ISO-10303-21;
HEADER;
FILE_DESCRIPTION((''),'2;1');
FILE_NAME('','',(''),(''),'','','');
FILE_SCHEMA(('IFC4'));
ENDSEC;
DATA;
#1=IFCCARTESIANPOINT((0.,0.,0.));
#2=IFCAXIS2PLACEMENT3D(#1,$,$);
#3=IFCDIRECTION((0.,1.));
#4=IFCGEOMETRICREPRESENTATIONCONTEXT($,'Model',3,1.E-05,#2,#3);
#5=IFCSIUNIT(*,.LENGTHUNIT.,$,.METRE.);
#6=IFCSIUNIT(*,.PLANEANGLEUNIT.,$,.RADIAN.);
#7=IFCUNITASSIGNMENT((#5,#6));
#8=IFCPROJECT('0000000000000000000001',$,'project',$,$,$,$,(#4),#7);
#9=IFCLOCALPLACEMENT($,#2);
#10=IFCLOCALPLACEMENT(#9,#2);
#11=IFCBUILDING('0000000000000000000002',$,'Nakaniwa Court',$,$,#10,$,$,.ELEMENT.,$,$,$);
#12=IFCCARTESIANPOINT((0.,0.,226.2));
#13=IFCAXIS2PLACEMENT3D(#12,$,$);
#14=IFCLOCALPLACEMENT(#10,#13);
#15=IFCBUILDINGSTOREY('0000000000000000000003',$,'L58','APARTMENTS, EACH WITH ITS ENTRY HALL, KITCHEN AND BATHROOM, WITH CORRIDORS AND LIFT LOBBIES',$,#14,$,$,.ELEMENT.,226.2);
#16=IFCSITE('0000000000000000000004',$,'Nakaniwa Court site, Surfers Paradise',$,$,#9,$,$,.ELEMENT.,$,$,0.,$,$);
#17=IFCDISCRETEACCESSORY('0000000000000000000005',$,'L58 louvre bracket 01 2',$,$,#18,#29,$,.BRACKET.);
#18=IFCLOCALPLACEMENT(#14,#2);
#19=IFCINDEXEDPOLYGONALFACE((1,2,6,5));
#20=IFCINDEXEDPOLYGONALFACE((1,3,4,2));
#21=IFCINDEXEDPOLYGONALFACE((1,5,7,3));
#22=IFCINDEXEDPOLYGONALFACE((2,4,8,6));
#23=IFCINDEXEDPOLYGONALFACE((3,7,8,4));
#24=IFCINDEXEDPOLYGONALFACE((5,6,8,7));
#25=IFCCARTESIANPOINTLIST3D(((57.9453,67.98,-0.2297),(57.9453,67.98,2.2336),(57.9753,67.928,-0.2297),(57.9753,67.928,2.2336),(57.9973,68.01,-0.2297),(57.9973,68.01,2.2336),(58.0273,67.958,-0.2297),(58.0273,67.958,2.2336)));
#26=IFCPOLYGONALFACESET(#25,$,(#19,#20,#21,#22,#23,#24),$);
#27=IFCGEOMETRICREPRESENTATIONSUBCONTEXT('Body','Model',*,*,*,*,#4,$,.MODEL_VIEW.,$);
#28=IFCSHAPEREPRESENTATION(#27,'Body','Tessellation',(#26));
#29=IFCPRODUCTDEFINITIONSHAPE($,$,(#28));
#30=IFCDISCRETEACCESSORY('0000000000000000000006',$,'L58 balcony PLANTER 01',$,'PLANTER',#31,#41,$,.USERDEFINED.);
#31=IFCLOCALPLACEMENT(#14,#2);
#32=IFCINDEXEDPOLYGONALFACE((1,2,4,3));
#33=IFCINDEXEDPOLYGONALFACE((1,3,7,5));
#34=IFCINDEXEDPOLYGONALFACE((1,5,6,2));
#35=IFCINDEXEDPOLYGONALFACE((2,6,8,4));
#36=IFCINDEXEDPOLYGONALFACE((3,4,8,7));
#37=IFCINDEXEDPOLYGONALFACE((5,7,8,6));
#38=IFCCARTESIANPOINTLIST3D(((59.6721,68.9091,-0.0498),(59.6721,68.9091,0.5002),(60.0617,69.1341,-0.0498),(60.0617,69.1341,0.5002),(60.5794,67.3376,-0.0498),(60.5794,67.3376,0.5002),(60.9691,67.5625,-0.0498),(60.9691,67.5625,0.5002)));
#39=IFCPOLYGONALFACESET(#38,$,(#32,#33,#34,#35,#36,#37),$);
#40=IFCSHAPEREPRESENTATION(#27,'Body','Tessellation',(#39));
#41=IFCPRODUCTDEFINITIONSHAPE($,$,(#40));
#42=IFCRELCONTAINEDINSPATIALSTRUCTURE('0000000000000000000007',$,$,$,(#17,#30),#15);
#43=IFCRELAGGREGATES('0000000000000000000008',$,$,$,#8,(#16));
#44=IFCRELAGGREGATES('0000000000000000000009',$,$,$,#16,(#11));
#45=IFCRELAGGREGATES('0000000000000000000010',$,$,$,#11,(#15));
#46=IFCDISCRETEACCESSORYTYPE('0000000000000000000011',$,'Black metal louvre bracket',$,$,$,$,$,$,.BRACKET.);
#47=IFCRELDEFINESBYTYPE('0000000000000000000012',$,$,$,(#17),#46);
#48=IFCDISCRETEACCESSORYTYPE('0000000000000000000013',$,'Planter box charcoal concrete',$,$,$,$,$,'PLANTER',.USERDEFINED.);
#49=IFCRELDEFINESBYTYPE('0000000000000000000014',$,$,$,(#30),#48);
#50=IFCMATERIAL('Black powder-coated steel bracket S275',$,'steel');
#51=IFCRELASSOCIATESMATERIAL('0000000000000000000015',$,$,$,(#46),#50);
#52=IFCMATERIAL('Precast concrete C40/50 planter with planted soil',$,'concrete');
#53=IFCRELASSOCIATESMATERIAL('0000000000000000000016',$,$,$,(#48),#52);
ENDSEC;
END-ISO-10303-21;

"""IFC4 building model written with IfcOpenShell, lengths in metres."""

from ifc_helpers import new_model, si_unit, direction, frame, origin, origin_2d, place, context, subcontext, project, spatial, rectangle, extrude, material, type_object, element, save


model = new_model("IFC4")

# Units and contexts
model_context = context("Model", 3, precision=1e-05, world=origin(), true_north=direction((0.0, 1.0)))
body_context = subcontext(model_context, "Body", "Model", "MODEL_VIEW")
ifc_project = project(units=[si_unit("LENGTHUNIT", "METRE"), si_unit("PLANEANGLEUNIT", "RADIAN")], contexts=[model_context])

# Site, building, storey
site_placement = place(None, origin())
site = spatial("IfcSite", under=ifc_project, at=site_placement, Name="Nakaniwa Court site, Surfers Paradise", CompositionType="ELEMENT", RefElevation=0.0)
building_placement = place(site_placement, origin())
building = spatial("IfcBuilding", under=site, at=building_placement, Name="Nakaniwa Court", CompositionType="ELEMENT")
storey_placement = place(building_placement, frame((0.0, 0.0, 226.2)))
storey = spatial("IfcBuildingStorey", under=building, at=storey_placement, Name="L58", Description="APARTMENTS, EACH WITH ITS ENTRY HALL, KITCHEN AND BATHROOM, WITH CORRIDORS AND LIFT LOBBIES", CompositionType="ELEMENT", Elevation=226.2)

# Discrete accessories
ifc_material_1 = material(Name="Black powder-coated steel bracket S275", Category="steel")
discrete_accessory_type_1 = type_object("IfcDiscreteAccessoryType", Name="Black metal louvre bracket", PredefinedType="BRACKET", material=ifc_material_1)
for number, where, z_axis, x_axis, name in (
    (1, (57.9863, 67.969, -0.2297), (0.0, 0.0, 1.0), (0.499986, -0.866033, 0.0), "L58 louvre bracket 01 2"),
):
    element("IfcDiscreteAccessory", number, at=place(storey_placement, frame(where, z_axis=z_axis, x_axis=x_axis)), inside=storey, type_object=discrete_accessory_type_1, Name=name, PredefinedType="BRACKET", context=body_context, shape_type="SweptSolid", body=[
        extrude(rectangle(XDim=0.0601, YDim=0.0601, at=origin_2d()), origin(), (0.0, 0.0, 1.0), 2.4634),
    ])
ifc_material_2 = material(Name="Precast concrete C40/50 planter with planted soil", Category="concrete")
discrete_accessory_type_2 = type_object("IfcDiscreteAccessoryType", Name="Planter box charcoal concrete", ElementType="PLANTER", PredefinedType="USERDEFINED", material=ifc_material_2)
discrete_accessory_placement = place(storey_placement, frame((60.3206, 68.2358, -0.0498), z_axis=(0.0, 0.0, 1.0), x_axis=(0.499986, -0.866033, 0.0)))
element("IfcDiscreteAccessory", 2, at=discrete_accessory_placement, inside=storey, type_object=discrete_accessory_type_2, Name="L58 balcony PLANTER 01", ObjectType="PLANTER", PredefinedType="USERDEFINED", context=body_context, shape_type="SweptSolid", body=[
    extrude(rectangle(XDim=1.8147, YDim=0.45, at=origin_2d()), origin(), (0.0, 0.0, 1.0), 0.55),
])

save(model, "model.ifc")
